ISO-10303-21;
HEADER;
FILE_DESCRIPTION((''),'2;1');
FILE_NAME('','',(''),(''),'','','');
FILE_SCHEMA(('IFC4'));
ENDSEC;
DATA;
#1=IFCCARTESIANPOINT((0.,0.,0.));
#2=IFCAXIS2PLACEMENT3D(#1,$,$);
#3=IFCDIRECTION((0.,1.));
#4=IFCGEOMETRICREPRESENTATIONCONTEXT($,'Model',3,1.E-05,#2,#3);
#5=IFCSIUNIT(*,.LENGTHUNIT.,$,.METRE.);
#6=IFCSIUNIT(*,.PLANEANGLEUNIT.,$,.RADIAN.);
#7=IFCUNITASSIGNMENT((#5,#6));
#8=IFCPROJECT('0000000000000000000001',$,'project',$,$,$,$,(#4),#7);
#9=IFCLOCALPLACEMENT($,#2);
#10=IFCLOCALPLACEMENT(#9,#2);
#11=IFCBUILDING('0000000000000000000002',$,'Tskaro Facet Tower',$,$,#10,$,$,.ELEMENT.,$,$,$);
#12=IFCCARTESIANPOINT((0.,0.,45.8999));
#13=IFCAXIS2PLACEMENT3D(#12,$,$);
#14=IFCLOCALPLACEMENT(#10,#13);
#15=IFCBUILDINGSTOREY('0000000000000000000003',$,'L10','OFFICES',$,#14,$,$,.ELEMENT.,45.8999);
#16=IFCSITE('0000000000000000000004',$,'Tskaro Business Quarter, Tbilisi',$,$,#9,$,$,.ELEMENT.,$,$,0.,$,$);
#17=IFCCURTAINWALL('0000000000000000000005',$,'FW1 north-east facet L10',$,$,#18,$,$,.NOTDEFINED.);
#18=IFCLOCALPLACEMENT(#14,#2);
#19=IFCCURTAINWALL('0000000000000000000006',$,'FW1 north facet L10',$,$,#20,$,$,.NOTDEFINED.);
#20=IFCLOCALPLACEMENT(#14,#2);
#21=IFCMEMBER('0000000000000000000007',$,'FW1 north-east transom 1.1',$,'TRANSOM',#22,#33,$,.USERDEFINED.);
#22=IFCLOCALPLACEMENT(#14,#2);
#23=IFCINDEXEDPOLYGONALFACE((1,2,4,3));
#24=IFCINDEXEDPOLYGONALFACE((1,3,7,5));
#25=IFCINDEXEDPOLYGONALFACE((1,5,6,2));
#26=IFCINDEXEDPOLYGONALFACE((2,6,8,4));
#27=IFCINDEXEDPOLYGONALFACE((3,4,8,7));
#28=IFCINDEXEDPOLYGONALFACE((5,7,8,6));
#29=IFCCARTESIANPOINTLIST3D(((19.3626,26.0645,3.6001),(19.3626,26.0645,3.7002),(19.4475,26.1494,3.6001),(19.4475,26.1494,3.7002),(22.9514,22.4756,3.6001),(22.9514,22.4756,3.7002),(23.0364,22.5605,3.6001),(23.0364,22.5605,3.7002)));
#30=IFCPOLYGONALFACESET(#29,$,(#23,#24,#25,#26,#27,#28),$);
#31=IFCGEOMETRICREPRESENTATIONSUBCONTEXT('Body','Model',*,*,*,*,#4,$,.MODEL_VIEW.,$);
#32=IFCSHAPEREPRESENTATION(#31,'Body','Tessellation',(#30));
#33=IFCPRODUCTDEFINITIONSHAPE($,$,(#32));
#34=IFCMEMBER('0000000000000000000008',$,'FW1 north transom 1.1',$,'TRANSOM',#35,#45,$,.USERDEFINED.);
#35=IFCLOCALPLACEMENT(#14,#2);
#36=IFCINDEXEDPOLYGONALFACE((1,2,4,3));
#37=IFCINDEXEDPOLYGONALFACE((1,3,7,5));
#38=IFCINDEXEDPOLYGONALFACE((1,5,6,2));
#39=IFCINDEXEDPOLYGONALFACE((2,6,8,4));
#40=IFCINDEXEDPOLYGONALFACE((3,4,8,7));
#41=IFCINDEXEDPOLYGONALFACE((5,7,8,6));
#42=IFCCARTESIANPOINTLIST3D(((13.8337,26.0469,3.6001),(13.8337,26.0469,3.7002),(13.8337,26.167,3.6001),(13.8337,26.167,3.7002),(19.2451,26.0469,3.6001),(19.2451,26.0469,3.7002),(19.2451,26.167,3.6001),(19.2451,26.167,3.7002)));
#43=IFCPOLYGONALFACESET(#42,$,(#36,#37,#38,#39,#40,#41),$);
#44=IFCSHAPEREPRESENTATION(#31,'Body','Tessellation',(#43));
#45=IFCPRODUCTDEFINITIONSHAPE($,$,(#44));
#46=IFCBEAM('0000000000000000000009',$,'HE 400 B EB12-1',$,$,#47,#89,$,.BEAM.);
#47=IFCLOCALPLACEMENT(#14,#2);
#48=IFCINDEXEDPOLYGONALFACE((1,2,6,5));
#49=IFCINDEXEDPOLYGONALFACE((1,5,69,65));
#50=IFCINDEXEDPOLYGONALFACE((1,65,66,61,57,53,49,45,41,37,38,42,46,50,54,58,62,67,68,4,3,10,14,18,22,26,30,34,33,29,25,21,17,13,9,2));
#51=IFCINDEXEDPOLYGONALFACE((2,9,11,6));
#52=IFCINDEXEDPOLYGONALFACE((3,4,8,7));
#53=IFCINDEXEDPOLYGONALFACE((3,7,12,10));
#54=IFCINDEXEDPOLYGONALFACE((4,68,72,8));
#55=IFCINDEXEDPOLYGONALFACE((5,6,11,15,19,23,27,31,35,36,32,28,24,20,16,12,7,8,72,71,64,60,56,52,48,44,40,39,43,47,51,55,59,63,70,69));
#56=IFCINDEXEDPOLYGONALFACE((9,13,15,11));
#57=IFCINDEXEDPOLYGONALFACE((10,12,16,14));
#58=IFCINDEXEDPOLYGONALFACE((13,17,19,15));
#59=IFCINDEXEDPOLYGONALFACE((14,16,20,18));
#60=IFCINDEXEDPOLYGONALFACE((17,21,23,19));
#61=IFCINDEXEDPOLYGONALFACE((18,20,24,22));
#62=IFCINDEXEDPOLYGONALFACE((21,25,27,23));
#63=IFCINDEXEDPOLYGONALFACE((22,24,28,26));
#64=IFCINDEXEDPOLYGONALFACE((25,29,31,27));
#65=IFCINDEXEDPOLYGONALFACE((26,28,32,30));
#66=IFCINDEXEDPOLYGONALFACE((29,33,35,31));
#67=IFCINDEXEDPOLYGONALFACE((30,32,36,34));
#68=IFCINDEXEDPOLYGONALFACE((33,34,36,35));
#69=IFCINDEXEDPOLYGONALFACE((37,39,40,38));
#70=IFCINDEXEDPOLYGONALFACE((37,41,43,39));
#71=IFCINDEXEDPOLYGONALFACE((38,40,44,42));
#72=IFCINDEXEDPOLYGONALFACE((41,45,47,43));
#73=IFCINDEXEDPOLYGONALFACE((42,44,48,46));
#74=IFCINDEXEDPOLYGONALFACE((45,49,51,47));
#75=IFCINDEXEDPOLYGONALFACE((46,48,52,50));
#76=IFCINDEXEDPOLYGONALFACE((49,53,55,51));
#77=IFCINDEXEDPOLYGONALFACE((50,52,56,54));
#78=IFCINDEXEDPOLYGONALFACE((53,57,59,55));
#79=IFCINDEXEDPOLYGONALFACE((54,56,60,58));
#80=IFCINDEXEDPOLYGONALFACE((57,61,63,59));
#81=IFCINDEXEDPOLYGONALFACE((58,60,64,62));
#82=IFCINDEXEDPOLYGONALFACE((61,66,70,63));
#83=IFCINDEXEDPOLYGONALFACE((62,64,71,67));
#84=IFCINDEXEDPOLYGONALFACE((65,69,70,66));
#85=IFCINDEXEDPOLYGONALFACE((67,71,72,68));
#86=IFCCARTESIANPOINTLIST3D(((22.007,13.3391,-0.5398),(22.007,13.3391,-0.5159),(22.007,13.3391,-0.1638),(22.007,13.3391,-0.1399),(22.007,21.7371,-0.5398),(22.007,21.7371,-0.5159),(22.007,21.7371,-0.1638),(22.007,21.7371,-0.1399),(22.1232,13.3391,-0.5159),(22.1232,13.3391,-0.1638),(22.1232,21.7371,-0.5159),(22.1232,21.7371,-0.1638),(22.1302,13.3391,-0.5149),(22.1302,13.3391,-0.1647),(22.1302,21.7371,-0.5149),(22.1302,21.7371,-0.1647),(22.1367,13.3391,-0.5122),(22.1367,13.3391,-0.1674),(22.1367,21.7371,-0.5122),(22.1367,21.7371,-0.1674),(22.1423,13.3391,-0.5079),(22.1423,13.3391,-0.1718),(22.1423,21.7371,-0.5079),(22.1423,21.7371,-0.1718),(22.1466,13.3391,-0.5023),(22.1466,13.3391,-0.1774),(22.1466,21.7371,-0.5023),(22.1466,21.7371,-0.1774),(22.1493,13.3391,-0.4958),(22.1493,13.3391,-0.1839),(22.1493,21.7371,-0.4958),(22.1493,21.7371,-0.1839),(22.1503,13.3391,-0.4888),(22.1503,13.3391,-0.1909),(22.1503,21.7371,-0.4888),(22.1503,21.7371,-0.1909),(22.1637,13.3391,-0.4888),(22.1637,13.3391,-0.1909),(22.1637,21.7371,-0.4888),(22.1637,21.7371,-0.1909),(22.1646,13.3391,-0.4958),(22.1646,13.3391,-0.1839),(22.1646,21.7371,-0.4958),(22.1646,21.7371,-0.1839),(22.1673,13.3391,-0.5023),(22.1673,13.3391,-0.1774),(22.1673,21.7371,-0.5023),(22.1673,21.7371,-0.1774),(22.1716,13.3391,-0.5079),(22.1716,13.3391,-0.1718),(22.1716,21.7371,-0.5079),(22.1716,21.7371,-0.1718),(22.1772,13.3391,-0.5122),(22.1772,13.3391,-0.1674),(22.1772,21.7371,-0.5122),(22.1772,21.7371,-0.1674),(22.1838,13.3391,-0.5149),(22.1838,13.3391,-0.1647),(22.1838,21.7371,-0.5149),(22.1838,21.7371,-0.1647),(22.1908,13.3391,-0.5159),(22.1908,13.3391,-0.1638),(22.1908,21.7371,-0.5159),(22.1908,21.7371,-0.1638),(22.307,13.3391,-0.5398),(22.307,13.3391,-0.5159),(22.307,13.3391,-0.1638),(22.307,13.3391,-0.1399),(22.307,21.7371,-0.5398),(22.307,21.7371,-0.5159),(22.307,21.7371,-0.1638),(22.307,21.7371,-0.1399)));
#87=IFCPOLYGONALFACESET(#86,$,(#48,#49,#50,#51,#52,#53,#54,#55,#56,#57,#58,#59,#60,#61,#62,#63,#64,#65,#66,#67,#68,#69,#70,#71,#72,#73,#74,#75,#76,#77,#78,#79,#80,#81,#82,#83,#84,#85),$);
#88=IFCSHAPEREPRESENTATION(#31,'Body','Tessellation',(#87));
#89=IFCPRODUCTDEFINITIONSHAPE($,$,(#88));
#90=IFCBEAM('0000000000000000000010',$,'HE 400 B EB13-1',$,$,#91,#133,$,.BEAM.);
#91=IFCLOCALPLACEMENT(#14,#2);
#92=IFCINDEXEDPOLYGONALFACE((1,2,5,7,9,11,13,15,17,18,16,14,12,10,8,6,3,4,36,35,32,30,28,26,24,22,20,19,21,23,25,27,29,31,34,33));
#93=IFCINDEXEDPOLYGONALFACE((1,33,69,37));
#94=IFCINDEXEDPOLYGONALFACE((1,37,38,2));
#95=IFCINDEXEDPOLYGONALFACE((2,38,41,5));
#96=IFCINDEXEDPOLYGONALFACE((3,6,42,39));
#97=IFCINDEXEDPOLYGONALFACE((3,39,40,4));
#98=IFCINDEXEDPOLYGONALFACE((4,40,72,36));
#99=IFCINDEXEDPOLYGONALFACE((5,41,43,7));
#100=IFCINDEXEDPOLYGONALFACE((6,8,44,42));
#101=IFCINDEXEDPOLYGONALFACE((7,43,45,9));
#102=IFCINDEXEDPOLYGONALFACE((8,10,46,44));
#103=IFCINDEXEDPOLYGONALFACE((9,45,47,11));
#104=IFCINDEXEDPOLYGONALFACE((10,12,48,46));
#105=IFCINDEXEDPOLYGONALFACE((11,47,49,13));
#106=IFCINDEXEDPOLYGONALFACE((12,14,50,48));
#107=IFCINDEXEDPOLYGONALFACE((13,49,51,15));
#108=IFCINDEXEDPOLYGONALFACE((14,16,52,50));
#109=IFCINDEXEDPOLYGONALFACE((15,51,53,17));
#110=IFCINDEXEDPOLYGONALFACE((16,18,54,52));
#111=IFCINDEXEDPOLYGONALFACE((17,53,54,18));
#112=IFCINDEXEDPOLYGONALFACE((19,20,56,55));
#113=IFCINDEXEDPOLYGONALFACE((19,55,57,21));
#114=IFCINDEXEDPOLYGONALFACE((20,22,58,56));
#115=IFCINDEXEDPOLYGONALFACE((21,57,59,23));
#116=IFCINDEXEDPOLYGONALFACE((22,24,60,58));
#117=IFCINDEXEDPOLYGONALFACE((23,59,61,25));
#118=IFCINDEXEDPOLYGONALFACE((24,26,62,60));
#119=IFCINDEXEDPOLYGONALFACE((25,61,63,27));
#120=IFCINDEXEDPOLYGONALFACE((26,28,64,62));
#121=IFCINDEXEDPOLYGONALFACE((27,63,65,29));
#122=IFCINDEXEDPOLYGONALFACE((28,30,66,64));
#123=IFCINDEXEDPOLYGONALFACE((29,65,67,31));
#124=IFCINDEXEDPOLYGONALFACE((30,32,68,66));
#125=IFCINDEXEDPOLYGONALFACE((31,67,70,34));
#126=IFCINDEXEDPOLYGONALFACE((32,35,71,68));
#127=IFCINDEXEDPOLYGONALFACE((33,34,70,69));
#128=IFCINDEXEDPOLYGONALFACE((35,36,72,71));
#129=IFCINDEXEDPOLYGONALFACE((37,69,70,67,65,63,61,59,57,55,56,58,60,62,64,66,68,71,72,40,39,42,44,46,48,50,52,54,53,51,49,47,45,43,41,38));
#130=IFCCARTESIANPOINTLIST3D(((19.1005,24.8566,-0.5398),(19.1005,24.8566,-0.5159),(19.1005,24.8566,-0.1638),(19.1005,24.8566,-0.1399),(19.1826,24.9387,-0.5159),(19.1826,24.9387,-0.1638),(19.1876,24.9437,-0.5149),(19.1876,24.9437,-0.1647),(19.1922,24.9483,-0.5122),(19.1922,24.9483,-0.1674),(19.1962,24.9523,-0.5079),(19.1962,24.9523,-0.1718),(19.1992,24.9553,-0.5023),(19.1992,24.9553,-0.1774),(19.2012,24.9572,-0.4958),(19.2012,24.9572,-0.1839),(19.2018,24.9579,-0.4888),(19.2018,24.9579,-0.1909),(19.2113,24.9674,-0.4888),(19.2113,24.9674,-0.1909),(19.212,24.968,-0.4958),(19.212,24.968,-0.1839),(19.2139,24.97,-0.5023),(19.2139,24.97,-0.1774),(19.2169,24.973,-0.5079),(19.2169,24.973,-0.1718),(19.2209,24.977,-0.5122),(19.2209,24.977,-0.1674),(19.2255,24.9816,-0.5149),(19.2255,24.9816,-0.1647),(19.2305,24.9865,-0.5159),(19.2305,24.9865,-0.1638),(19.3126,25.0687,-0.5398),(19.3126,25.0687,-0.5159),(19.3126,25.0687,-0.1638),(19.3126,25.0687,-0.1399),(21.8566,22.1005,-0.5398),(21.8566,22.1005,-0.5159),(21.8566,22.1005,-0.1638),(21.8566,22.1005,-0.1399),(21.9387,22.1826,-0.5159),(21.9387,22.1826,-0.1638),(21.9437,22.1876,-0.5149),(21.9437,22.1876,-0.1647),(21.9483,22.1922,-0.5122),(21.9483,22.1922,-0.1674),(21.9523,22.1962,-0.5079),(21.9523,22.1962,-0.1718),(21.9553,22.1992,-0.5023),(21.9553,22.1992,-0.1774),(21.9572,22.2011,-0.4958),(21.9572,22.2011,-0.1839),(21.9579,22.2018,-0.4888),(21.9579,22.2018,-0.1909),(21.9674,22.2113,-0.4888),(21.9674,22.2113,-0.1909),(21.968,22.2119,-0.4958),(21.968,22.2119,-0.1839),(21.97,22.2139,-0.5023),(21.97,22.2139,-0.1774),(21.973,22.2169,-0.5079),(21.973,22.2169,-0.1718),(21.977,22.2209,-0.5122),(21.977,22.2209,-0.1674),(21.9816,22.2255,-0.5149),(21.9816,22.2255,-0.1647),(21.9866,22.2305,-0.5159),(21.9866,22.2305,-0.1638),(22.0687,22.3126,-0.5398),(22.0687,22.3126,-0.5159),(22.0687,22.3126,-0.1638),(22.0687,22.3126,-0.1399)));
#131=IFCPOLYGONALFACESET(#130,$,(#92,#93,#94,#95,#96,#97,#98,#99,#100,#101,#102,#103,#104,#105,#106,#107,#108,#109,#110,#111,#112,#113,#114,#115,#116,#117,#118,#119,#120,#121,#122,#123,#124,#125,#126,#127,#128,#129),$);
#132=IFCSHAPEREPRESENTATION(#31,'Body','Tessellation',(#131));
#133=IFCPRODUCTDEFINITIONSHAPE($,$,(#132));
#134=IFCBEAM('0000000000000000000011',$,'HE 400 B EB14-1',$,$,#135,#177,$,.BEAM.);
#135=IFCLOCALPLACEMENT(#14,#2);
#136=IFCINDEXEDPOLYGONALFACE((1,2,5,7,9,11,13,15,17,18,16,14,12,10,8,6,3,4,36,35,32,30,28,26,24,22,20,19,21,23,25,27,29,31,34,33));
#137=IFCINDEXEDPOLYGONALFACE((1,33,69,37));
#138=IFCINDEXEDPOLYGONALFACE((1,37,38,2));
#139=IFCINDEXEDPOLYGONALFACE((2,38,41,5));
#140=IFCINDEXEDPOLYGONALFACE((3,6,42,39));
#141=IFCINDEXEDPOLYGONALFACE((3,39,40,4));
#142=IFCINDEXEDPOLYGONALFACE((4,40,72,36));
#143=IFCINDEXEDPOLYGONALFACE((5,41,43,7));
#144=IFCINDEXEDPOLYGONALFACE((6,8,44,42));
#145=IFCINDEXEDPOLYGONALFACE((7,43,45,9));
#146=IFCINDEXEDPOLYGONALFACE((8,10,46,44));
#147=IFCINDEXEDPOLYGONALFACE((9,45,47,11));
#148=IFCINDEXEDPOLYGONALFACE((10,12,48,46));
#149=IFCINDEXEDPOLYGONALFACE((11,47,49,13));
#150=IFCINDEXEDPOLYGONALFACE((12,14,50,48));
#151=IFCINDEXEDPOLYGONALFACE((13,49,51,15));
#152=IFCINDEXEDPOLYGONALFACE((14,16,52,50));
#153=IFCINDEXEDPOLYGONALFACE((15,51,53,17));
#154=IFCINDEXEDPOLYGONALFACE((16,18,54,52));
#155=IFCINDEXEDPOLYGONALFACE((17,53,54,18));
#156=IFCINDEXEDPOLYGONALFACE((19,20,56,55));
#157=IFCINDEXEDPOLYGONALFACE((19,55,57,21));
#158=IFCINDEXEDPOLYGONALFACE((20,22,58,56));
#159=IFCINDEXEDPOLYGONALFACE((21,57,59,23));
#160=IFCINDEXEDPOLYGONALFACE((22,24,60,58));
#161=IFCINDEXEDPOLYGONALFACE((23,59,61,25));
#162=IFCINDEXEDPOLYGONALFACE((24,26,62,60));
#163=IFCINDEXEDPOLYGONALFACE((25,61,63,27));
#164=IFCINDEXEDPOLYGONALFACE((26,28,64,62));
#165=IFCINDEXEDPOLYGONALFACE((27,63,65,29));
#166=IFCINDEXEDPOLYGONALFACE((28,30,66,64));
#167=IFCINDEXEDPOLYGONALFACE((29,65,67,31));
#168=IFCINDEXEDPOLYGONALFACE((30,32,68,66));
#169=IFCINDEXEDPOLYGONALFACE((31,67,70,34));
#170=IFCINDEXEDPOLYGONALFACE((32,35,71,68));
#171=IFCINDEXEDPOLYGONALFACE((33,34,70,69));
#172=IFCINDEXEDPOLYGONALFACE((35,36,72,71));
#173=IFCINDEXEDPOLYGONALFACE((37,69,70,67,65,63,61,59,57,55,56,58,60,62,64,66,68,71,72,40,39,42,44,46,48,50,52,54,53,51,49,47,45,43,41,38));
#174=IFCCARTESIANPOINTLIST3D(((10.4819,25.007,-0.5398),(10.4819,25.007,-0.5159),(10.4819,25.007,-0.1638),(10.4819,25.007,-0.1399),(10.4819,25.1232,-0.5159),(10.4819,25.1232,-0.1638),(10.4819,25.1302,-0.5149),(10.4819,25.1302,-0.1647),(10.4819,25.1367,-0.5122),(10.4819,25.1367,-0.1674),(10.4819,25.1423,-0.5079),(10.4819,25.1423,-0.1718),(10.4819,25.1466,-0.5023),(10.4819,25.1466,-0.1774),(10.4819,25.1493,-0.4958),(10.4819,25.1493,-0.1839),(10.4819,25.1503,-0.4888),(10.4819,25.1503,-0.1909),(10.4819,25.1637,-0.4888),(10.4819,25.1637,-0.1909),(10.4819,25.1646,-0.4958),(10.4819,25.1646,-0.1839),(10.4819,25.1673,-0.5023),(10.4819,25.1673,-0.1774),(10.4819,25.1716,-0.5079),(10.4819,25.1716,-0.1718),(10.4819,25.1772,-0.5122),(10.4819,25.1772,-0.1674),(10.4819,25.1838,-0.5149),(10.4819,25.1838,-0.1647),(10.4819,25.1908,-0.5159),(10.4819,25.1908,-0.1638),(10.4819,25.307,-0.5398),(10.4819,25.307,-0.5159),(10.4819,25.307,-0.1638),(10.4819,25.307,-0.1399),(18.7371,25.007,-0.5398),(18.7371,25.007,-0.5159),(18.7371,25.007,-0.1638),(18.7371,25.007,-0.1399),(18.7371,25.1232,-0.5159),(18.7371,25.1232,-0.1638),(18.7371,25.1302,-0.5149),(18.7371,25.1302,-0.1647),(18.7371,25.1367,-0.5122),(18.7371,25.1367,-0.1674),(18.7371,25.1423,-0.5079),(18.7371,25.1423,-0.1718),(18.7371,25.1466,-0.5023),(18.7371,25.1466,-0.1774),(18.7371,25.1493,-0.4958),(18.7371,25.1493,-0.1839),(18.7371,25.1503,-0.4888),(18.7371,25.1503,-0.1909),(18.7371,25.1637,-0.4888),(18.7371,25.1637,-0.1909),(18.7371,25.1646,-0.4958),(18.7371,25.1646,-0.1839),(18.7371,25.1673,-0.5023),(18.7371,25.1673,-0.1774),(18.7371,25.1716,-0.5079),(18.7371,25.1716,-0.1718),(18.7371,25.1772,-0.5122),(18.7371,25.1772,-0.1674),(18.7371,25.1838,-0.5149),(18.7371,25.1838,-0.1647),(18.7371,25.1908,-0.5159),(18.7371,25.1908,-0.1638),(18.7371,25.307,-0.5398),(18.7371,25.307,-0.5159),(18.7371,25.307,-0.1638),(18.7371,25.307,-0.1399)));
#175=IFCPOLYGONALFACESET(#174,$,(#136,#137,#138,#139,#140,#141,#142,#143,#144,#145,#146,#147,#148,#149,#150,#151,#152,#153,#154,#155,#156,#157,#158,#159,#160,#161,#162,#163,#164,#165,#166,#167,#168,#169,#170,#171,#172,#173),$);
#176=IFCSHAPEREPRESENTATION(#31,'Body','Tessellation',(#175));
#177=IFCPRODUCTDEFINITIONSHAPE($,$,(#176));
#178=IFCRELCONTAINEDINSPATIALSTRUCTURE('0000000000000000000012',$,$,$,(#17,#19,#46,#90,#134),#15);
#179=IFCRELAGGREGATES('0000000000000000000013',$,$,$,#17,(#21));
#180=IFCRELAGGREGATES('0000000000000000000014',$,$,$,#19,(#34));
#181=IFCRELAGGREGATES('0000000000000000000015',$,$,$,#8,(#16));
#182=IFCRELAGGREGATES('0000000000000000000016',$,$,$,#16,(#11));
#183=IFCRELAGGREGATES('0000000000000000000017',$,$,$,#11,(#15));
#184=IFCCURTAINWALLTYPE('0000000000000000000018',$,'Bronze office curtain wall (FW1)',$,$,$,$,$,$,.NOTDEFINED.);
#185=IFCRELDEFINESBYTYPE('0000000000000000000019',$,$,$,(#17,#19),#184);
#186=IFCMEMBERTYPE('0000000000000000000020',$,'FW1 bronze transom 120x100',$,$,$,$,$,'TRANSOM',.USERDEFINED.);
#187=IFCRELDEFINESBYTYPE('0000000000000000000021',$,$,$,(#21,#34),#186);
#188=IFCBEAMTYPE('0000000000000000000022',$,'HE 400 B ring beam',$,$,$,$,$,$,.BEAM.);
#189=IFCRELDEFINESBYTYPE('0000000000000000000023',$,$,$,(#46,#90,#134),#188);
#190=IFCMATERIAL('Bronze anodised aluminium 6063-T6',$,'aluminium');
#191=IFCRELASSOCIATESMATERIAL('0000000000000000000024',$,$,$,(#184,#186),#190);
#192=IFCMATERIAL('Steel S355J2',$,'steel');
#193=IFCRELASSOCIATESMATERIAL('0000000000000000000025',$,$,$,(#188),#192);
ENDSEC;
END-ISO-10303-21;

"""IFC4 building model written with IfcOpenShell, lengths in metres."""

from ifc_helpers import new_model, si_unit, direction, frame, origin, origin_2d, place, context, subcontext, project, spatial, rectangle, i_section, extrude, material, material_profile, profile_set, type_object, element, aggregate, save


model = new_model("IFC4")

# Units and contexts
model_context = context("Model", 3, precision=1e-05, world=origin(), true_north=direction((0.0, 1.0)))
body_context = subcontext(model_context, "Body", "Model", "MODEL_VIEW")
ifc_project = project(units=[si_unit("LENGTHUNIT", "METRE"), si_unit("PLANEANGLEUNIT", "RADIAN")], contexts=[model_context])

# Site, building, storey
site_placement = place(None, origin())
site = spatial("IfcSite", under=ifc_project, at=site_placement, Name="Tskaro Business Quarter, Tbilisi", CompositionType="ELEMENT", RefElevation=0.0)
building_placement = place(site_placement, origin())
building = spatial("IfcBuilding", under=site, at=building_placement, Name="Tskaro Facet Tower", CompositionType="ELEMENT")
storey_placement = place(building_placement, frame((0.0, 0.0, 45.8999)))
storey = spatial("IfcBuildingStorey", under=building, at=storey_placement, Name="L10", Description="OFFICES", CompositionType="ELEMENT", Elevation=45.8999)

# Curtain walls
ifc_material_1 = material(Name="Bronze anodised aluminium 6063-T6", Category="aluminium")
curtain_wall_type = type_object("IfcCurtainWallType", Name="Bronze office curtain wall (FW1)", PredefinedType="NOTDEFINED", material=ifc_material_1)
curtain_wall_1_placement = place(storey_placement, origin())
curtain_wall_1 = element("IfcCurtainWall", 1, at=curtain_wall_1_placement, inside=storey, type_object=curtain_wall_type, Name="FW1 north-east facet L10", PredefinedType="NOTDEFINED")
curtain_wall_2_placement = place(storey_placement, origin())
curtain_wall_2 = element("IfcCurtainWall", 2, at=curtain_wall_2_placement, inside=storey, type_object=curtain_wall_type, Name="FW1 north facet L10", PredefinedType="NOTDEFINED")

# Shared definitions
ifc_material_profile_1 = material_profile(ifc_material_1, rectangle(XDim=0.1201, YDim=0.1001, at=origin_2d()), Name="Transom 120x100")
ifc_profile_set_1 = profile_set([ifc_material_profile_1], Name="Bronze anodised aluminium 6063-T6")
member_type_1 = type_object("IfcMemberType", Name="FW1 bronze transom 120x100", ElementType="TRANSOM", PredefinedType="USERDEFINED", material=ifc_profile_set_1)

# Members
member_1_placement = place(storey_placement, frame((22.9939, 22.5181, 3.6501), z_axis=(-0.707107, 0.707107, 0.0), x_axis=(-0.707107, -0.707107, 0.0)))
member_1 = element("IfcMember", 3, at=member_1_placement, type_object=member_type_1, Name="FW1 north-east transom 1.1", ObjectType="TRANSOM", PredefinedType="USERDEFINED", context=body_context, shape_type="SweptSolid", body=[
    extrude(rectangle(XDim=0.1201, YDim=0.1001, at=origin_2d()), origin(), (0.0, 0.0, 1.0), 5.0754),
])
member_2_placement = place(storey_placement, frame((19.2451, 26.1069, 3.6501), z_axis=(-1.0, 0.0, 0.0), x_axis=(0.0, -1.0, 0.0)))
member_2 = element("IfcMember", 4, at=member_2_placement, type_object=member_type_1, Name="FW1 north transom 1.1", ObjectType="TRANSOM", PredefinedType="USERDEFINED", context=body_context, shape_type="SweptSolid", body=[
    extrude(rectangle(XDim=0.1201, YDim=0.1001, at=origin_2d()), origin(), (0.0, 0.0, 1.0), 5.4114),
])

# Beams
ifc_material_2 = material(Name="Steel S355J2", Category="steel")
ifc_material_profile_2 = material_profile(ifc_material_2, i_section(OverallWidth=0.3, OverallDepth=0.3999, WebThickness=0.0134, FlangeThickness=0.0239, FilletRadius=0.0271, at=origin_2d()), Name="HE 400 B")
ifc_profile_set_2 = profile_set([ifc_material_profile_2], Name="Steel S355J2")
beam_type_1 = type_object("IfcBeamType", Name="HE 400 B ring beam", PredefinedType="BEAM", material=ifc_profile_set_2)
beam_1_placement = place(storey_placement, frame((22.157, 13.3391, -0.3398), z_axis=(0.0, 1.0, 0.0), x_axis=(-1.0, 0.0, 0.0)))
element("IfcBeam", 5, at=beam_1_placement, inside=storey, type_object=beam_type_1, Name="HE 400 B EB12-1", PredefinedType="BEAM", context=body_context, shape_type="SweptSolid", body=[
    extrude(i_section(OverallWidth=0.3, OverallDepth=0.3999, WebThickness=0.0134, FlangeThickness=0.0239, FilletRadius=0.0271, at=origin_2d()), origin(), (0.0, 0.0, 1.0), 8.3979),
])
beam_2_placement = place(storey_placement, frame((21.9626, 22.2065, -0.3398), z_axis=(-0.707107, 0.707107, 0.0), x_axis=(-0.707107, -0.707107, 0.0)))
element("IfcBeam", 6, at=beam_2_placement, inside=storey, type_object=beam_type_1, Name="HE 400 B EB13-1", PredefinedType="BEAM", context=body_context, shape_type="SweptSolid", body=[
    extrude(i_section(OverallWidth=0.3, OverallDepth=0.3999, WebThickness=0.0134, FlangeThickness=0.0239, FilletRadius=0.0271, at=origin_2d()), origin(), (0.0, 0.0, 1.0), 3.8977),
])
beam_3_placement = place(storey_placement, frame((18.7371, 25.157, -0.3398), z_axis=(-1.0, 0.0, 0.0), x_axis=(0.0, -1.0, 0.0)))
element("IfcBeam", 7, at=beam_3_placement, inside=storey, type_object=beam_type_1, Name="HE 400 B EB14-1", PredefinedType="BEAM", context=body_context, shape_type="SweptSolid", body=[
    extrude(i_section(OverallWidth=0.3, OverallDepth=0.3999, WebThickness=0.0134, FlangeThickness=0.0239, FilletRadius=0.0271, at=origin_2d()), origin(), (0.0, 0.0, 1.0), 8.2551),
])

aggregate(curtain_wall_1, [member_1])
aggregate(curtain_wall_2, [member_2])

save(model, "model.ifc")
